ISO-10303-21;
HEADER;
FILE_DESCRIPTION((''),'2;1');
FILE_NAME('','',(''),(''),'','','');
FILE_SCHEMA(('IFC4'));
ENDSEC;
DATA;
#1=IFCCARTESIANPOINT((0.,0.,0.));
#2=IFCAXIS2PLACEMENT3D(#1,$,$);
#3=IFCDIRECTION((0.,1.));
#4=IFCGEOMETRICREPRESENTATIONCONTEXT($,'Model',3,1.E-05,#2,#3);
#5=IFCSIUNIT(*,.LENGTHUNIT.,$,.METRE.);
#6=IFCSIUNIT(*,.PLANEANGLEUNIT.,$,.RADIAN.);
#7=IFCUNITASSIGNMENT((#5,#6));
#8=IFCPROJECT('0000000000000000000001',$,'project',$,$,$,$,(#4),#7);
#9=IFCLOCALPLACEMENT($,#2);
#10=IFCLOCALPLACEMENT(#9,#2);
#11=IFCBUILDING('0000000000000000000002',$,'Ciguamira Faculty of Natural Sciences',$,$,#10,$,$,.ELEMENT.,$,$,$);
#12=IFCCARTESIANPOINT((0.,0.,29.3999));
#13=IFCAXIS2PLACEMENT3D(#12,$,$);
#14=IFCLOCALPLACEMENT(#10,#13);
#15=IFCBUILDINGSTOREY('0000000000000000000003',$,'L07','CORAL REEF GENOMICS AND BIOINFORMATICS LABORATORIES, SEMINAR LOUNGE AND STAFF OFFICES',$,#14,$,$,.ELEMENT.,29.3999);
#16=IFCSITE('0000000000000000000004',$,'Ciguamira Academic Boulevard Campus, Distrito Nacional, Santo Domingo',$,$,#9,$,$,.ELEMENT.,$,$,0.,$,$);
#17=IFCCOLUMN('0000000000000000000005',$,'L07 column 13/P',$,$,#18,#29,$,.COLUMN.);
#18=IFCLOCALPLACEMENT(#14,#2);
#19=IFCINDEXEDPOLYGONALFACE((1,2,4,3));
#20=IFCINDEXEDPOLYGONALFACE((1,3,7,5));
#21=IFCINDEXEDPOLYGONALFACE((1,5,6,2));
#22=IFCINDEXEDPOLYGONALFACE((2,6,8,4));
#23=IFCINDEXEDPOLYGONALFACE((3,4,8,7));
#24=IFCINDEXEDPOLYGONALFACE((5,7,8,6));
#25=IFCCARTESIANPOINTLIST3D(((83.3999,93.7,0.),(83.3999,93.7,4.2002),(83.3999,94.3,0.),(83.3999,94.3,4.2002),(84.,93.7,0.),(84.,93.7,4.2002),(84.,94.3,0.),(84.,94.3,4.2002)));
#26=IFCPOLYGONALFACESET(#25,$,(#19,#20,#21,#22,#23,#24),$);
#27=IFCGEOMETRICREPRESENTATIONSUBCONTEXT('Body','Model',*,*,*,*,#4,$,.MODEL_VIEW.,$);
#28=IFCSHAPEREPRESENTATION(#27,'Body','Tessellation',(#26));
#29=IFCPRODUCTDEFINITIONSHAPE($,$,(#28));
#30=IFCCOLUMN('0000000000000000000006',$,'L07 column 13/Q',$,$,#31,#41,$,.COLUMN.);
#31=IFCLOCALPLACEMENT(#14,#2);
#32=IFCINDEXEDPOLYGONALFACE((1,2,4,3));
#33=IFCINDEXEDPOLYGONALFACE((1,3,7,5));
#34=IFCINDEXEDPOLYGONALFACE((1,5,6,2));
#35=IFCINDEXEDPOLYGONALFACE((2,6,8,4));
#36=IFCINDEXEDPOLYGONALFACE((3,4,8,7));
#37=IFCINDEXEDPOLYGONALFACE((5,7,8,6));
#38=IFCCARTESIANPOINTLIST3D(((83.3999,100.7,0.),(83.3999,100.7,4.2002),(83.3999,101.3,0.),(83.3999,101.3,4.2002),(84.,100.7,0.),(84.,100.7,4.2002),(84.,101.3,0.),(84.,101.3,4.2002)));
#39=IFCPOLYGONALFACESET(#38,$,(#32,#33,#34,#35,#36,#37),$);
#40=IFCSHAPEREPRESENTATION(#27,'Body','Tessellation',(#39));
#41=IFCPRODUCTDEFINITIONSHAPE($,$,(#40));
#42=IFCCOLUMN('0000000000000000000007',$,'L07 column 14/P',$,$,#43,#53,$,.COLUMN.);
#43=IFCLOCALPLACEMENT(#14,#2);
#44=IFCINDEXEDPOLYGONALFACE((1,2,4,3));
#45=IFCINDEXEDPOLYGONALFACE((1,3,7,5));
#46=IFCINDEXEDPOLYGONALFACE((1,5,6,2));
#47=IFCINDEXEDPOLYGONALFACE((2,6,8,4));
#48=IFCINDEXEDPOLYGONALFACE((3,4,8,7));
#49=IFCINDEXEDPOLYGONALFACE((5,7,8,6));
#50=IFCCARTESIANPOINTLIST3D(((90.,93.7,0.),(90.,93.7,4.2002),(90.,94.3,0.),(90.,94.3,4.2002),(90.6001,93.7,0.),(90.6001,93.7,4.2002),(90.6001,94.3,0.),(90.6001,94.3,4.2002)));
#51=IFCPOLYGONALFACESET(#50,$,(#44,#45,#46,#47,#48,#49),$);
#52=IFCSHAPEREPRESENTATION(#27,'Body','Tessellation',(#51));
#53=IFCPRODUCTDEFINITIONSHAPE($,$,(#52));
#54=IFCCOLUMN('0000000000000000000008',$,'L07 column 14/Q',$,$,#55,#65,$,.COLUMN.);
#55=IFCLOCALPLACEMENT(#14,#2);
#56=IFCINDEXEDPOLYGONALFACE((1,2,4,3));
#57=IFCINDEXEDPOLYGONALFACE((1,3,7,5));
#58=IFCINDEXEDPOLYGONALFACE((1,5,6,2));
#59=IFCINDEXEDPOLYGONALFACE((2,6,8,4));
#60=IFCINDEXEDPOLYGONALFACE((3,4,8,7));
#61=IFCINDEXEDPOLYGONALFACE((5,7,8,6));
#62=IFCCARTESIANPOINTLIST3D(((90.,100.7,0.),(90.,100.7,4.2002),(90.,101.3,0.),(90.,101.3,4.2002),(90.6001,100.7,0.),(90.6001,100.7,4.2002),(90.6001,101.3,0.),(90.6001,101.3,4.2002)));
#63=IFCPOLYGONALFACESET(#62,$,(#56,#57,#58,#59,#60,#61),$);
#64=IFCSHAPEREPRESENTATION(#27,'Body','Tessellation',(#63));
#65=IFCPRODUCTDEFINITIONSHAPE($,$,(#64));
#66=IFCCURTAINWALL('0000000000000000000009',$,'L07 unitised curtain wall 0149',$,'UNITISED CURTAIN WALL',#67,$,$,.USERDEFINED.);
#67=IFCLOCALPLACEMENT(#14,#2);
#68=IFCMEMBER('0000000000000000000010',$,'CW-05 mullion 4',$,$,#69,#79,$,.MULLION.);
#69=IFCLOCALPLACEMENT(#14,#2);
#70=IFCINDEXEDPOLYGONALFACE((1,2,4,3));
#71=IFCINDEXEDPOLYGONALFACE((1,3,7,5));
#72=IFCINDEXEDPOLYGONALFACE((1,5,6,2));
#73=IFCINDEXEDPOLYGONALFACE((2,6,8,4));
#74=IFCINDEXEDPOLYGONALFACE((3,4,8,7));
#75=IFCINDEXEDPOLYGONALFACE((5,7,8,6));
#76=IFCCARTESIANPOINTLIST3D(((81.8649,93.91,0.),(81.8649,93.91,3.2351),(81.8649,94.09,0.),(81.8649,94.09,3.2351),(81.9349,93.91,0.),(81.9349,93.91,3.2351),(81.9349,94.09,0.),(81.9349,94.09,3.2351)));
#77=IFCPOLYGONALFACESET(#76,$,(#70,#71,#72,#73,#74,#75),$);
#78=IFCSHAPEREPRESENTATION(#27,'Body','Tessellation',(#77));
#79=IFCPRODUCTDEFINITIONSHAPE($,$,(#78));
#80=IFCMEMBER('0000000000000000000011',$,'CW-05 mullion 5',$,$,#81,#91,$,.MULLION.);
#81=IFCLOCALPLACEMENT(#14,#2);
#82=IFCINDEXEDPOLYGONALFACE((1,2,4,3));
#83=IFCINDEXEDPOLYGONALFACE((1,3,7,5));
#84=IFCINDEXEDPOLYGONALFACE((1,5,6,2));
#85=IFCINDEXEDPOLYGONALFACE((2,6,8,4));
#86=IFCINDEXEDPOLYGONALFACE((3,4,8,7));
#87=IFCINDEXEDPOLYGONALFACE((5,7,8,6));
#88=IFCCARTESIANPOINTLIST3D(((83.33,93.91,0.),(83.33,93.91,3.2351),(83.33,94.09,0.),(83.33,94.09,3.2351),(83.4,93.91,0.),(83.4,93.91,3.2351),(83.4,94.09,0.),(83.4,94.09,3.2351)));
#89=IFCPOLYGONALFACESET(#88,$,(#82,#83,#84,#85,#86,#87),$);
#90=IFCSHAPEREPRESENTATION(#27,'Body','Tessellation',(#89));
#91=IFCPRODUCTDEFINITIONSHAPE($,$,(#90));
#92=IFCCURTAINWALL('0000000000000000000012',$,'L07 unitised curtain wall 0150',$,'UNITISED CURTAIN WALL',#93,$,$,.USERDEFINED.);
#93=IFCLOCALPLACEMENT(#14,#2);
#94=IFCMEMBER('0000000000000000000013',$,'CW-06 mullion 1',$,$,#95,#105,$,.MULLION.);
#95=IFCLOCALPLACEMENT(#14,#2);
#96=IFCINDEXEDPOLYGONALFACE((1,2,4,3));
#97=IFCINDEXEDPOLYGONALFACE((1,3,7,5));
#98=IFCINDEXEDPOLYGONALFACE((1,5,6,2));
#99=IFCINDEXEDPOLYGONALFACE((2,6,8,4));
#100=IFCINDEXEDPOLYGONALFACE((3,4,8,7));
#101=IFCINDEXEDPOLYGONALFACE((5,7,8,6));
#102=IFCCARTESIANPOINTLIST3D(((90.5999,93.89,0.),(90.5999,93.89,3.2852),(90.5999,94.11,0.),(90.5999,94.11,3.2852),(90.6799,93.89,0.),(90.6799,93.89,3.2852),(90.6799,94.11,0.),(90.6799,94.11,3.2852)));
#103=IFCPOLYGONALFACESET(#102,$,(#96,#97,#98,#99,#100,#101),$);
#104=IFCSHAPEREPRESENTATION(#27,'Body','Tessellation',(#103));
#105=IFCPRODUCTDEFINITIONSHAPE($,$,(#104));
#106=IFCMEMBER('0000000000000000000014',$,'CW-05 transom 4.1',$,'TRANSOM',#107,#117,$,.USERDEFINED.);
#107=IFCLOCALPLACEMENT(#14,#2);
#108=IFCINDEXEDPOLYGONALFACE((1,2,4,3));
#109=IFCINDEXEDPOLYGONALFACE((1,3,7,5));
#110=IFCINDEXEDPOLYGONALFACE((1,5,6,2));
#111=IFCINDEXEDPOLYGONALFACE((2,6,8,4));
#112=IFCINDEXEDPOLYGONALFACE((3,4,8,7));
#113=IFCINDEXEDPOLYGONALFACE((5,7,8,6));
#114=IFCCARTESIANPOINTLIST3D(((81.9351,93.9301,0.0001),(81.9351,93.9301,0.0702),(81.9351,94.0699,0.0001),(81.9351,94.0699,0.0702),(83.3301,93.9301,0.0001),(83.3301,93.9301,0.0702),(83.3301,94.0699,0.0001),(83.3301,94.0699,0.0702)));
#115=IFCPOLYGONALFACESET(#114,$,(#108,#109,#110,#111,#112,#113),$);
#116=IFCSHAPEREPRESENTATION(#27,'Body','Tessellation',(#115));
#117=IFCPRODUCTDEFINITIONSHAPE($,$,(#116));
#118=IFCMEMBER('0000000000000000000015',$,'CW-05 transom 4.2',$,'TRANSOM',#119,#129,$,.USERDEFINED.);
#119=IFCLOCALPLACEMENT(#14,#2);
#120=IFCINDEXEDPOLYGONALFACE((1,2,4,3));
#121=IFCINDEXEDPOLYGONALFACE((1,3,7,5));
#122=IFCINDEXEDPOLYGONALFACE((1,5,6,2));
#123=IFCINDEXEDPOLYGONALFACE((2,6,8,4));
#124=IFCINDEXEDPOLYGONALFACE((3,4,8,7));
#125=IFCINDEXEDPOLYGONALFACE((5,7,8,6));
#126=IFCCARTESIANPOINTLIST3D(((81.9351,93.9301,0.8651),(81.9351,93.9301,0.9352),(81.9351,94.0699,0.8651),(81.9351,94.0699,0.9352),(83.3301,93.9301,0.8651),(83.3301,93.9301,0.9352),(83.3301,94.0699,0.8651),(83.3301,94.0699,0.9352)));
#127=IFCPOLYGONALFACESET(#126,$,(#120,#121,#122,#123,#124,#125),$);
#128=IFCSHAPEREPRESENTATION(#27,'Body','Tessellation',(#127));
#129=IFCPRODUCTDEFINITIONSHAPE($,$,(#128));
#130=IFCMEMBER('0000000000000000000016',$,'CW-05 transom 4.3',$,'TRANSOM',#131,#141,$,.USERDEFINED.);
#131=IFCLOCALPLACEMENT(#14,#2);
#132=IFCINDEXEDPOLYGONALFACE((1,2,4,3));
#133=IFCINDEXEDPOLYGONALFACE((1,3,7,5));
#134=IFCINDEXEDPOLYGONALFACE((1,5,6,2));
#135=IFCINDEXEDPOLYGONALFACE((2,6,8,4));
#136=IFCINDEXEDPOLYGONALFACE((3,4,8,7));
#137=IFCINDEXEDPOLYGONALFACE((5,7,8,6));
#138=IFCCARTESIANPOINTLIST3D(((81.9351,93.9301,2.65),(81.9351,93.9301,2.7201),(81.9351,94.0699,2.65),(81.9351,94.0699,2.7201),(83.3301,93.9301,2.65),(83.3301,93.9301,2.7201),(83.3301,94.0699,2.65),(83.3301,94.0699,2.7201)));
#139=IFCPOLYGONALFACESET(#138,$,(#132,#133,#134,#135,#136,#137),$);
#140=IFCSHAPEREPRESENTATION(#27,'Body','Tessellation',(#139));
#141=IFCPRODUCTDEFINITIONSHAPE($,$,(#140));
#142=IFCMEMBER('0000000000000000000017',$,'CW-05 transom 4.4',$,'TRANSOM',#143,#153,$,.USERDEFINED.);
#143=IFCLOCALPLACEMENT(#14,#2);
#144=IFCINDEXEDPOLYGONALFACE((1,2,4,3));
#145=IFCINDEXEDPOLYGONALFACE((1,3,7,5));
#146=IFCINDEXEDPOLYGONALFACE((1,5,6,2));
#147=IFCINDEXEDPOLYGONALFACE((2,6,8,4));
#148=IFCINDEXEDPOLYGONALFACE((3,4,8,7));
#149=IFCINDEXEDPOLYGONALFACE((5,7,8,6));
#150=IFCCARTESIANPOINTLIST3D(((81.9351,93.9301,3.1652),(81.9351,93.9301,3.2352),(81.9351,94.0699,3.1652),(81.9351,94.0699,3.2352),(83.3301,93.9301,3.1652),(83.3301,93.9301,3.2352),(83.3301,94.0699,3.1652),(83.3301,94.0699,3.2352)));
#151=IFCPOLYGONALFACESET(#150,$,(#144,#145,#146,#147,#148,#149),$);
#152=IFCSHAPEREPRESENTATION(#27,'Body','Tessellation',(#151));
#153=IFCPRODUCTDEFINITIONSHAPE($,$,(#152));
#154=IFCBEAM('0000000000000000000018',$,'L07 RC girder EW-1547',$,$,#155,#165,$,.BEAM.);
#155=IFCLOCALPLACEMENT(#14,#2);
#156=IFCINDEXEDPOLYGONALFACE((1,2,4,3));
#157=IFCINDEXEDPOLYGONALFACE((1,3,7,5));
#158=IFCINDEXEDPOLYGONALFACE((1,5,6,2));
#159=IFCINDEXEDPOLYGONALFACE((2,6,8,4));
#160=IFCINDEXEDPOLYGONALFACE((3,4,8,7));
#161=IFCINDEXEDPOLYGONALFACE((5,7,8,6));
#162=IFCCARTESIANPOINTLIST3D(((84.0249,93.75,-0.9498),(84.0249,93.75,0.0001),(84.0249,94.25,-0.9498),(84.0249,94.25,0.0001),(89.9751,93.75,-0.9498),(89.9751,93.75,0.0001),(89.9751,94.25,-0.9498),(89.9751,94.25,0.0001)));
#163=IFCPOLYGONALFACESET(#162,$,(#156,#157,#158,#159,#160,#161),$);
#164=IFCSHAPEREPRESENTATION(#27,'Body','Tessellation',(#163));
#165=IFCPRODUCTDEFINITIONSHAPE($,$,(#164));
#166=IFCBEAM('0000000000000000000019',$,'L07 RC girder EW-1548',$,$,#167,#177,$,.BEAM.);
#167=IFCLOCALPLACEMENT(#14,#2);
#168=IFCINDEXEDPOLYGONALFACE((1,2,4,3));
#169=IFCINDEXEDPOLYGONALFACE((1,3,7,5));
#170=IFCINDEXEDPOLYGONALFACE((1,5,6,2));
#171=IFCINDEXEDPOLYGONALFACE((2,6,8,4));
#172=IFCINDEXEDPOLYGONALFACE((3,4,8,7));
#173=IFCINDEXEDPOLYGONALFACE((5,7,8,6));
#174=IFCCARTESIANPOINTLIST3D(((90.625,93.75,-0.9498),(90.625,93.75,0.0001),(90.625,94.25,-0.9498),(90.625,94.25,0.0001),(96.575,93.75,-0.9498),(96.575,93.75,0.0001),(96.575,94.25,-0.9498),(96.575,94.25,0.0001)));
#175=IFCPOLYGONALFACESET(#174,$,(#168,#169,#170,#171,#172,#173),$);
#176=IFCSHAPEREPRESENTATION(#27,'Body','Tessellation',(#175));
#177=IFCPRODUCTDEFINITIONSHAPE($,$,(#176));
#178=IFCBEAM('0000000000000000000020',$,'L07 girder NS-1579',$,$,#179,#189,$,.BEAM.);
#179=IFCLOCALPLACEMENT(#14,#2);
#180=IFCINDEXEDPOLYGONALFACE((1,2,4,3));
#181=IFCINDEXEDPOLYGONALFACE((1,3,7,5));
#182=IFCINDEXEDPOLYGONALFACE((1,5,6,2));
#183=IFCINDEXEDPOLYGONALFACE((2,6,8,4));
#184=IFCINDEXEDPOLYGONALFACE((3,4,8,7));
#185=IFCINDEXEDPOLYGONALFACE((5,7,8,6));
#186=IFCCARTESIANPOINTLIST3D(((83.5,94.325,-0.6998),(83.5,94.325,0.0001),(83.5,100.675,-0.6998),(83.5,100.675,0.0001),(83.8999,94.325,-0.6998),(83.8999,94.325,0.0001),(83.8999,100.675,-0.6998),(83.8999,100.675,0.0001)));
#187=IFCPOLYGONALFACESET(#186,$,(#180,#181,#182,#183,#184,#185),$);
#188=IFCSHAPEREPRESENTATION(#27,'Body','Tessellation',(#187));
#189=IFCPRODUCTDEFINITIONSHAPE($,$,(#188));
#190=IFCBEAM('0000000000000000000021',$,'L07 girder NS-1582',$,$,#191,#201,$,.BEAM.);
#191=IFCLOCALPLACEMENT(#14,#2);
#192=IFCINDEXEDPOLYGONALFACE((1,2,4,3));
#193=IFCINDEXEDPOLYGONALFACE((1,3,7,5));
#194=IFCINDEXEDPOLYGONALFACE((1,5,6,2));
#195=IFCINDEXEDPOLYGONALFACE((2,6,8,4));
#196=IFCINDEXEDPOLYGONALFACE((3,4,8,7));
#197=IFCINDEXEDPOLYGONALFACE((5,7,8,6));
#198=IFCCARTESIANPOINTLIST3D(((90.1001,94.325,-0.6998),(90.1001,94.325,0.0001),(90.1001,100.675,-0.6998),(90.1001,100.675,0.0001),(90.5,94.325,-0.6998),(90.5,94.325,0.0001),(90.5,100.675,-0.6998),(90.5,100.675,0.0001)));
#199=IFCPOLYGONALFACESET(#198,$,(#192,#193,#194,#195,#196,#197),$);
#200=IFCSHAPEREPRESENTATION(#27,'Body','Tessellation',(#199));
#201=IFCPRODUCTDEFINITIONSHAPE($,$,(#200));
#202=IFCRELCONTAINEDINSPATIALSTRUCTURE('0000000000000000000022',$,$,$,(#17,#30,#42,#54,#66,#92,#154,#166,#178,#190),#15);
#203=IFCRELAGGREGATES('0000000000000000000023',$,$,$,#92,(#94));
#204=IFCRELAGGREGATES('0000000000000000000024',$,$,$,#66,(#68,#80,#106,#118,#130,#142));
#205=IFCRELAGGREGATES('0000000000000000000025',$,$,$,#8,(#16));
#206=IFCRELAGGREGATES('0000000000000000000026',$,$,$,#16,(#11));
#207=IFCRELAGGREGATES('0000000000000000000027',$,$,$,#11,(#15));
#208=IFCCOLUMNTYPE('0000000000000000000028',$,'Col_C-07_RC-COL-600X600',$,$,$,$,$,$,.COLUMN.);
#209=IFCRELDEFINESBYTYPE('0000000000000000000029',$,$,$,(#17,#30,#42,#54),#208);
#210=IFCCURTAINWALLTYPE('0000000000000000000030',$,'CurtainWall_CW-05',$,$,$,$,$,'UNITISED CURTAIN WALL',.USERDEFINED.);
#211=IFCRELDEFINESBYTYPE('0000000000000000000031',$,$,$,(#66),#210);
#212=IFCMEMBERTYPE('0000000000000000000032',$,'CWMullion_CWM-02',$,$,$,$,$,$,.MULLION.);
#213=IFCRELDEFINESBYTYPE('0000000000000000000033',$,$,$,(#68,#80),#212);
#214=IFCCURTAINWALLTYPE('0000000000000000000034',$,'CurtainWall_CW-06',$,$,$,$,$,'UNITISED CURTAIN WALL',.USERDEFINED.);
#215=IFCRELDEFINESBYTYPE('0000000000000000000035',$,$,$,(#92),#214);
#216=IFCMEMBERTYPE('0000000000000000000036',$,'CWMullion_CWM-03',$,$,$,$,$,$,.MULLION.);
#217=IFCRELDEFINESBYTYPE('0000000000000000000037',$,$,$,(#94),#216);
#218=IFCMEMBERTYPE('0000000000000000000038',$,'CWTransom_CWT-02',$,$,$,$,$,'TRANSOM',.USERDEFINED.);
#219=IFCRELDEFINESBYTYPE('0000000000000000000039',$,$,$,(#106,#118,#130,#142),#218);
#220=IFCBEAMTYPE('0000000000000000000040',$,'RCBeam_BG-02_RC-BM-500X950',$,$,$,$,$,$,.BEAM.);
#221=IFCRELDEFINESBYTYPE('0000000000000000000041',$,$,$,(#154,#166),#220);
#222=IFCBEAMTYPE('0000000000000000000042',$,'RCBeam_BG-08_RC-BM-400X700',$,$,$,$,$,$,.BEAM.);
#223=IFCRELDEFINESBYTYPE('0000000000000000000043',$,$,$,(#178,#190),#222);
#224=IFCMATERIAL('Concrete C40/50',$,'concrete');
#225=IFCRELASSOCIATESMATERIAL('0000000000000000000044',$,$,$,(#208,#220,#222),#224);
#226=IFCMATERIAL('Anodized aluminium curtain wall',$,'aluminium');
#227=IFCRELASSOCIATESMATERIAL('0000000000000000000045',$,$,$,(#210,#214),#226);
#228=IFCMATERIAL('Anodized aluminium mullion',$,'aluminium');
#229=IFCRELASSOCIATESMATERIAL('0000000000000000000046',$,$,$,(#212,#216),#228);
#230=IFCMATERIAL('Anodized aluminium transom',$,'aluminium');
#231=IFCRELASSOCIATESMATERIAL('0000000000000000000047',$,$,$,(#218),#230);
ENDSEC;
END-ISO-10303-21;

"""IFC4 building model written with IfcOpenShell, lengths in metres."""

from ifc_helpers import new_model, si_unit, direction, frame, origin, origin_2d, place, context, subcontext, project, spatial, rectangle, extrude, material, material_profile, profile_set, type_object, element, aggregate, save


model = new_model("IFC4")

# Units and contexts
model_context = context("Model", 3, precision=1e-05, world=origin(), true_north=direction((0.0, 1.0)))
body_context = subcontext(model_context, "Body", "Model", "MODEL_VIEW")
ifc_project = project(units=[si_unit("LENGTHUNIT", "METRE"), si_unit("PLANEANGLEUNIT", "RADIAN")], contexts=[model_context])

# Site, building, storey
site_placement = place(None, origin())
site = spatial("IfcSite", under=ifc_project, at=site_placement, Name="Ciguamira Academic Boulevard Campus, Distrito Nacional, Santo Domingo", CompositionType="ELEMENT", RefElevation=0.0)
building_placement = place(site_placement, origin())
building = spatial("IfcBuilding", under=site, at=building_placement, Name="Ciguamira Faculty of Natural Sciences", CompositionType="ELEMENT")
storey_placement = place(building_placement, frame((0.0, 0.0, 29.3999)))
storey = spatial("IfcBuildingStorey", under=building, at=storey_placement, Name="L07", Description="CORAL REEF GENOMICS AND BIOINFORMATICS LABORATORIES, SEMINAR LOUNGE AND STAFF OFFICES", CompositionType="ELEMENT", Elevation=29.3999)

# Columns
ifc_material_1 = material(Name="Concrete C40/50", Category="concrete")
ifc_material_profile_1 = material_profile(ifc_material_1, rectangle(XDim=0.6001, YDim=0.6001, at=origin_2d()), Name="RC-COL-600X600")
ifc_profile_set_1 = profile_set([ifc_material_profile_1], Name="Concrete C40/50")
column_type = type_object("IfcColumnType", Name="Col_C-07_RC-COL-600X600", PredefinedType="COLUMN", material=ifc_profile_set_1)
for number, where, z_axis, x_axis, name in (
    (1, (83.7, 94.0, 0.0), (0.0, 0.0, 1.0), (1.0, 0.0, 0.0), "L07 column 13/P"),
    (2, (83.7, 101.0, 0.0), (0.0, 0.0, 1.0), (1.0, 0.0, 0.0), "L07 column 13/Q"),
    (3, (90.3, 94.0, 0.0), (0.0, 0.0, 1.0), (1.0, 0.0, 0.0), "L07 column 14/P"),
    (4, (90.3, 101.0, 0.0), (0.0, 0.0, 1.0), (1.0, 0.0, 0.0), "L07 column 14/Q"),
):
    element("IfcColumn", number, at=place(storey_placement, frame(where, z_axis=z_axis, x_axis=x_axis)), inside=storey, type_object=column_type, Name=name, PredefinedType="COLUMN", context=body_context, shape_type="SweptSolid", body=[
        extrude(rectangle(XDim=0.6001, YDim=0.6001, at=origin_2d()), origin(), (0.0, 0.0, 1.0), 4.2002),
    ])

# Curtain wall, members
ifc_material_2 = material(Name="Anodized aluminium curtain wall", Category="aluminium")
curtain_wall_type_1 = type_object("IfcCurtainWallType", Name="CurtainWall_CW-05", ElementType="UNITISED CURTAIN WALL", PredefinedType="USERDEFINED", material=ifc_material_2)
curtain_wall_1_placement = place(storey_placement, origin())
curtain_wall_1 = element("IfcCurtainWall", 5, at=curtain_wall_1_placement, inside=storey, type_object=curtain_wall_type_1, Name="L07 unitised curtain wall 0149", ObjectType="UNITISED CURTAIN WALL", PredefinedType="USERDEFINED")
ifc_material_3 = material(Name="Anodized aluminium mullion", Category="aluminium")
ifc_material_profile_2 = material_profile(ifc_material_3, rectangle(XDim=0.0701, YDim=0.1799, at=origin_2d()), Name="ALU-MUL-70X180")
ifc_profile_set_2 = profile_set([ifc_material_profile_2], Name="Anodized aluminium mullion")
member_type_1 = type_object("IfcMemberType", Name="CWMullion_CWM-02", PredefinedType="MULLION", material=ifc_profile_set_2)
member_1_placement = place(storey_placement, frame((81.8999, 94.0, 0.0), z_axis=(0.0, 0.0, 1.0), x_axis=(1.0, 0.0, 0.0)))
member_1 = element("IfcMember", 6, at=member_1_placement, type_object=member_type_1, Name="CW-05 mullion 4", PredefinedType="MULLION", context=body_context, shape_type="SweptSolid", body=[
    extrude(rectangle(XDim=0.0701, YDim=0.1799, at=origin_2d()), origin(), (0.0, 0.0, 1.0), 3.2351),
])
member_2_placement = place(storey_placement, frame((83.365, 94.0, 0.0), z_axis=(0.0, 0.0, 1.0), x_axis=(1.0, 0.0, 0.0)))
member_2 = element("IfcMember", 7, at=member_2_placement, type_object=member_type_1, Name="CW-05 mullion 5", PredefinedType="MULLION", context=body_context, shape_type="SweptSolid", body=[
    extrude(rectangle(XDim=0.0701, YDim=0.1799, at=origin_2d()), origin(), (0.0, 0.0, 1.0), 3.2351),
])

# Curtain wall, member
curtain_wall_type_2 = type_object("IfcCurtainWallType", Name="CurtainWall_CW-06", ElementType="UNITISED CURTAIN WALL", PredefinedType="USERDEFINED", material=ifc_material_2)
curtain_wall_2_placement = place(storey_placement, origin())
curtain_wall_2 = element("IfcCurtainWall", 8, at=curtain_wall_2_placement, inside=storey, type_object=curtain_wall_type_2, Name="L07 unitised curtain wall 0150", ObjectType="UNITISED CURTAIN WALL", PredefinedType="USERDEFINED")
ifc_material_profile_3 = material_profile(ifc_material_3, rectangle(XDim=0.0801, YDim=0.22, at=origin_2d()), Name="ALU-MUL-80X220")
ifc_profile_set_3 = profile_set([ifc_material_profile_3], Name="Anodized aluminium mullion")
member_type_2 = type_object("IfcMemberType", Name="CWMullion_CWM-03", PredefinedType="MULLION", material=ifc_profile_set_3)
member_3_placement = place(storey_placement, frame((90.6399, 94.0, 0.0), z_axis=(0.0, 0.0, 1.0), x_axis=(1.0, 0.0, 0.0)))
member_3 = element("IfcMember", 9, at=member_3_placement, type_object=member_type_2, Name="CW-06 mullion 1", PredefinedType="MULLION", context=body_context, shape_type="SweptSolid", body=[
    extrude(rectangle(XDim=0.0801, YDim=0.22, at=origin_2d()), origin(), (0.0, 0.0, 1.0), 3.2852),
])
aggregate(curtain_wall_2, [member_3])

# Members
ifc_material_4 = material(Name="Anodized aluminium transom", Category="aluminium")
ifc_material_profile_4 = material_profile(ifc_material_4, rectangle(XDim=0.0701, YDim=0.1399, at=origin_2d()), Name="ALU-TRN-70X140")
ifc_profile_set_4 = profile_set([ifc_material_profile_4], Name="Anodized aluminium transom")
member_type_3 = type_object("IfcMemberType", Name="CWTransom_CWT-02", ElementType="TRANSOM", PredefinedType="USERDEFINED", material=ifc_profile_set_4)
member_4_placement = place(storey_placement, frame((81.9351, 94.0, 0.0352), z_axis=(1.0, 0.0, 0.0), x_axis=(0.0, 0.0, 1.0)))
member_4 = element("IfcMember", 10, at=member_4_placement, type_object=member_type_3, Name="CW-05 transom 4.1", ObjectType="TRANSOM", PredefinedType="USERDEFINED", context=body_context, shape_type="SweptSolid", body=[
    extrude(rectangle(XDim=0.0701, YDim=0.1399, at=origin_2d()), origin(), (0.0, 0.0, 1.0), 1.395),
])
member_5_placement = place(storey_placement, frame((81.9351, 94.0, 0.9001), z_axis=(1.0, 0.0, 0.0), x_axis=(0.0, 0.0, 1.0)))
member_5 = element("IfcMember", 11, at=member_5_placement, type_object=member_type_3, Name="CW-05 transom 4.2", ObjectType="TRANSOM", PredefinedType="USERDEFINED", context=body_context, shape_type="SweptSolid", body=[
    extrude(rectangle(XDim=0.0701, YDim=0.1399, at=origin_2d()), origin(), (0.0, 0.0, 1.0), 1.395),
])
member_6_placement = place(storey_placement, frame((81.9351, 94.0, 2.6851), z_axis=(1.0, 0.0, 0.0), x_axis=(0.0, 0.0, 1.0)))
member_6 = element("IfcMember", 12, at=member_6_placement, type_object=member_type_3, Name="CW-05 transom 4.3", ObjectType="TRANSOM", PredefinedType="USERDEFINED", context=body_context, shape_type="SweptSolid", body=[
    extrude(rectangle(XDim=0.0701, YDim=0.1399, at=origin_2d()), origin(), (0.0, 0.0, 1.0), 1.395),
])
member_7_placement = place(storey_placement, frame((81.9351, 94.0, 3.2002), z_axis=(1.0, 0.0, 0.0), x_axis=(0.0, 0.0, 1.0)))
member_7 = element("IfcMember", 13, at=member_7_placement, type_object=member_type_3, Name="CW-05 transom 4.4", ObjectType="TRANSOM", PredefinedType="USERDEFINED", context=body_context, shape_type="SweptSolid", body=[
    extrude(rectangle(XDim=0.0701, YDim=0.1399, at=origin_2d()), origin(), (0.0, 0.0, 1.0), 1.395),
])

# Beams
ifc_material_profile_5 = material_profile(ifc_material_1, rectangle(XDim=0.5, YDim=0.95, at=origin_2d()), Name="RC-BM-500X950")
ifc_profile_set_5 = profile_set([ifc_material_profile_5], Name="Concrete C40/50")
beam_type_1 = type_object("IfcBeamType", Name="RCBeam_BG-02_RC-BM-500X950", PredefinedType="BEAM", material=ifc_profile_set_5)
beam_1_placement = place(storey_placement, frame((84.0249, 94.0, -0.4749), z_axis=(1.0, 0.0, 0.0), x_axis=(0.0, 1.0, 0.0)))
element("IfcBeam", 14, at=beam_1_placement, inside=storey, type_object=beam_type_1, Name="L07 RC girder EW-1547", PredefinedType="BEAM", context=body_context, shape_type="SweptSolid", body=[
    extrude(rectangle(XDim=0.5, YDim=0.95, at=origin_2d()), origin(), (0.0, 0.0, 1.0), 5.9502),
])
beam_2_placement = place(storey_placement, frame((90.625, 94.0, -0.4749), z_axis=(1.0, 0.0, 0.0), x_axis=(0.0, 1.0, 0.0)))
element("IfcBeam", 15, at=beam_2_placement, inside=storey, type_object=beam_type_1, Name="L07 RC girder EW-1548", PredefinedType="BEAM", context=body_context, shape_type="SweptSolid", body=[
    extrude(rectangle(XDim=0.5, YDim=0.95, at=origin_2d()), origin(), (0.0, 0.0, 1.0), 5.95),
])
ifc_material_profile_6 = material_profile(ifc_material_1, rectangle(XDim=0.3999, YDim=0.7, at=origin_2d()), Name="RC-BM-400X700")
ifc_profile_set_6 = profile_set([ifc_material_profile_6], Name="Concrete C40/50")
beam_type_2 = type_object("IfcBeamType", Name="RCBeam_BG-08_RC-BM-400X700", PredefinedType="BEAM", material=ifc_profile_set_6)
for number, where, z_axis, x_axis, name in (
    (16, (83.7, 94.325, -0.3499), (0.0, 1.0, 0.0), (-1.0, 0.0, 0.0), "L07 girder NS-1579"),
    (17, (90.3, 94.325, -0.3499), (0.0, 1.0, 0.0), (-1.0, 0.0, 0.0), "L07 girder NS-1582"),
):
    element("IfcBeam", number, at=place(storey_placement, frame(where, z_axis=z_axis, x_axis=x_axis)), inside=storey, type_object=beam_type_2, Name=name, PredefinedType="BEAM", context=body_context, shape_type="SweptSolid", body=[
        extrude(rectangle(XDim=0.3999, YDim=0.7, at=origin_2d()), origin(), (0.0, 0.0, 1.0), 6.3501),
    ])

aggregate(curtain_wall_1, [member_1, member_2, member_4, member_5, member_6, member_7])

save(model, "model.ifc")
